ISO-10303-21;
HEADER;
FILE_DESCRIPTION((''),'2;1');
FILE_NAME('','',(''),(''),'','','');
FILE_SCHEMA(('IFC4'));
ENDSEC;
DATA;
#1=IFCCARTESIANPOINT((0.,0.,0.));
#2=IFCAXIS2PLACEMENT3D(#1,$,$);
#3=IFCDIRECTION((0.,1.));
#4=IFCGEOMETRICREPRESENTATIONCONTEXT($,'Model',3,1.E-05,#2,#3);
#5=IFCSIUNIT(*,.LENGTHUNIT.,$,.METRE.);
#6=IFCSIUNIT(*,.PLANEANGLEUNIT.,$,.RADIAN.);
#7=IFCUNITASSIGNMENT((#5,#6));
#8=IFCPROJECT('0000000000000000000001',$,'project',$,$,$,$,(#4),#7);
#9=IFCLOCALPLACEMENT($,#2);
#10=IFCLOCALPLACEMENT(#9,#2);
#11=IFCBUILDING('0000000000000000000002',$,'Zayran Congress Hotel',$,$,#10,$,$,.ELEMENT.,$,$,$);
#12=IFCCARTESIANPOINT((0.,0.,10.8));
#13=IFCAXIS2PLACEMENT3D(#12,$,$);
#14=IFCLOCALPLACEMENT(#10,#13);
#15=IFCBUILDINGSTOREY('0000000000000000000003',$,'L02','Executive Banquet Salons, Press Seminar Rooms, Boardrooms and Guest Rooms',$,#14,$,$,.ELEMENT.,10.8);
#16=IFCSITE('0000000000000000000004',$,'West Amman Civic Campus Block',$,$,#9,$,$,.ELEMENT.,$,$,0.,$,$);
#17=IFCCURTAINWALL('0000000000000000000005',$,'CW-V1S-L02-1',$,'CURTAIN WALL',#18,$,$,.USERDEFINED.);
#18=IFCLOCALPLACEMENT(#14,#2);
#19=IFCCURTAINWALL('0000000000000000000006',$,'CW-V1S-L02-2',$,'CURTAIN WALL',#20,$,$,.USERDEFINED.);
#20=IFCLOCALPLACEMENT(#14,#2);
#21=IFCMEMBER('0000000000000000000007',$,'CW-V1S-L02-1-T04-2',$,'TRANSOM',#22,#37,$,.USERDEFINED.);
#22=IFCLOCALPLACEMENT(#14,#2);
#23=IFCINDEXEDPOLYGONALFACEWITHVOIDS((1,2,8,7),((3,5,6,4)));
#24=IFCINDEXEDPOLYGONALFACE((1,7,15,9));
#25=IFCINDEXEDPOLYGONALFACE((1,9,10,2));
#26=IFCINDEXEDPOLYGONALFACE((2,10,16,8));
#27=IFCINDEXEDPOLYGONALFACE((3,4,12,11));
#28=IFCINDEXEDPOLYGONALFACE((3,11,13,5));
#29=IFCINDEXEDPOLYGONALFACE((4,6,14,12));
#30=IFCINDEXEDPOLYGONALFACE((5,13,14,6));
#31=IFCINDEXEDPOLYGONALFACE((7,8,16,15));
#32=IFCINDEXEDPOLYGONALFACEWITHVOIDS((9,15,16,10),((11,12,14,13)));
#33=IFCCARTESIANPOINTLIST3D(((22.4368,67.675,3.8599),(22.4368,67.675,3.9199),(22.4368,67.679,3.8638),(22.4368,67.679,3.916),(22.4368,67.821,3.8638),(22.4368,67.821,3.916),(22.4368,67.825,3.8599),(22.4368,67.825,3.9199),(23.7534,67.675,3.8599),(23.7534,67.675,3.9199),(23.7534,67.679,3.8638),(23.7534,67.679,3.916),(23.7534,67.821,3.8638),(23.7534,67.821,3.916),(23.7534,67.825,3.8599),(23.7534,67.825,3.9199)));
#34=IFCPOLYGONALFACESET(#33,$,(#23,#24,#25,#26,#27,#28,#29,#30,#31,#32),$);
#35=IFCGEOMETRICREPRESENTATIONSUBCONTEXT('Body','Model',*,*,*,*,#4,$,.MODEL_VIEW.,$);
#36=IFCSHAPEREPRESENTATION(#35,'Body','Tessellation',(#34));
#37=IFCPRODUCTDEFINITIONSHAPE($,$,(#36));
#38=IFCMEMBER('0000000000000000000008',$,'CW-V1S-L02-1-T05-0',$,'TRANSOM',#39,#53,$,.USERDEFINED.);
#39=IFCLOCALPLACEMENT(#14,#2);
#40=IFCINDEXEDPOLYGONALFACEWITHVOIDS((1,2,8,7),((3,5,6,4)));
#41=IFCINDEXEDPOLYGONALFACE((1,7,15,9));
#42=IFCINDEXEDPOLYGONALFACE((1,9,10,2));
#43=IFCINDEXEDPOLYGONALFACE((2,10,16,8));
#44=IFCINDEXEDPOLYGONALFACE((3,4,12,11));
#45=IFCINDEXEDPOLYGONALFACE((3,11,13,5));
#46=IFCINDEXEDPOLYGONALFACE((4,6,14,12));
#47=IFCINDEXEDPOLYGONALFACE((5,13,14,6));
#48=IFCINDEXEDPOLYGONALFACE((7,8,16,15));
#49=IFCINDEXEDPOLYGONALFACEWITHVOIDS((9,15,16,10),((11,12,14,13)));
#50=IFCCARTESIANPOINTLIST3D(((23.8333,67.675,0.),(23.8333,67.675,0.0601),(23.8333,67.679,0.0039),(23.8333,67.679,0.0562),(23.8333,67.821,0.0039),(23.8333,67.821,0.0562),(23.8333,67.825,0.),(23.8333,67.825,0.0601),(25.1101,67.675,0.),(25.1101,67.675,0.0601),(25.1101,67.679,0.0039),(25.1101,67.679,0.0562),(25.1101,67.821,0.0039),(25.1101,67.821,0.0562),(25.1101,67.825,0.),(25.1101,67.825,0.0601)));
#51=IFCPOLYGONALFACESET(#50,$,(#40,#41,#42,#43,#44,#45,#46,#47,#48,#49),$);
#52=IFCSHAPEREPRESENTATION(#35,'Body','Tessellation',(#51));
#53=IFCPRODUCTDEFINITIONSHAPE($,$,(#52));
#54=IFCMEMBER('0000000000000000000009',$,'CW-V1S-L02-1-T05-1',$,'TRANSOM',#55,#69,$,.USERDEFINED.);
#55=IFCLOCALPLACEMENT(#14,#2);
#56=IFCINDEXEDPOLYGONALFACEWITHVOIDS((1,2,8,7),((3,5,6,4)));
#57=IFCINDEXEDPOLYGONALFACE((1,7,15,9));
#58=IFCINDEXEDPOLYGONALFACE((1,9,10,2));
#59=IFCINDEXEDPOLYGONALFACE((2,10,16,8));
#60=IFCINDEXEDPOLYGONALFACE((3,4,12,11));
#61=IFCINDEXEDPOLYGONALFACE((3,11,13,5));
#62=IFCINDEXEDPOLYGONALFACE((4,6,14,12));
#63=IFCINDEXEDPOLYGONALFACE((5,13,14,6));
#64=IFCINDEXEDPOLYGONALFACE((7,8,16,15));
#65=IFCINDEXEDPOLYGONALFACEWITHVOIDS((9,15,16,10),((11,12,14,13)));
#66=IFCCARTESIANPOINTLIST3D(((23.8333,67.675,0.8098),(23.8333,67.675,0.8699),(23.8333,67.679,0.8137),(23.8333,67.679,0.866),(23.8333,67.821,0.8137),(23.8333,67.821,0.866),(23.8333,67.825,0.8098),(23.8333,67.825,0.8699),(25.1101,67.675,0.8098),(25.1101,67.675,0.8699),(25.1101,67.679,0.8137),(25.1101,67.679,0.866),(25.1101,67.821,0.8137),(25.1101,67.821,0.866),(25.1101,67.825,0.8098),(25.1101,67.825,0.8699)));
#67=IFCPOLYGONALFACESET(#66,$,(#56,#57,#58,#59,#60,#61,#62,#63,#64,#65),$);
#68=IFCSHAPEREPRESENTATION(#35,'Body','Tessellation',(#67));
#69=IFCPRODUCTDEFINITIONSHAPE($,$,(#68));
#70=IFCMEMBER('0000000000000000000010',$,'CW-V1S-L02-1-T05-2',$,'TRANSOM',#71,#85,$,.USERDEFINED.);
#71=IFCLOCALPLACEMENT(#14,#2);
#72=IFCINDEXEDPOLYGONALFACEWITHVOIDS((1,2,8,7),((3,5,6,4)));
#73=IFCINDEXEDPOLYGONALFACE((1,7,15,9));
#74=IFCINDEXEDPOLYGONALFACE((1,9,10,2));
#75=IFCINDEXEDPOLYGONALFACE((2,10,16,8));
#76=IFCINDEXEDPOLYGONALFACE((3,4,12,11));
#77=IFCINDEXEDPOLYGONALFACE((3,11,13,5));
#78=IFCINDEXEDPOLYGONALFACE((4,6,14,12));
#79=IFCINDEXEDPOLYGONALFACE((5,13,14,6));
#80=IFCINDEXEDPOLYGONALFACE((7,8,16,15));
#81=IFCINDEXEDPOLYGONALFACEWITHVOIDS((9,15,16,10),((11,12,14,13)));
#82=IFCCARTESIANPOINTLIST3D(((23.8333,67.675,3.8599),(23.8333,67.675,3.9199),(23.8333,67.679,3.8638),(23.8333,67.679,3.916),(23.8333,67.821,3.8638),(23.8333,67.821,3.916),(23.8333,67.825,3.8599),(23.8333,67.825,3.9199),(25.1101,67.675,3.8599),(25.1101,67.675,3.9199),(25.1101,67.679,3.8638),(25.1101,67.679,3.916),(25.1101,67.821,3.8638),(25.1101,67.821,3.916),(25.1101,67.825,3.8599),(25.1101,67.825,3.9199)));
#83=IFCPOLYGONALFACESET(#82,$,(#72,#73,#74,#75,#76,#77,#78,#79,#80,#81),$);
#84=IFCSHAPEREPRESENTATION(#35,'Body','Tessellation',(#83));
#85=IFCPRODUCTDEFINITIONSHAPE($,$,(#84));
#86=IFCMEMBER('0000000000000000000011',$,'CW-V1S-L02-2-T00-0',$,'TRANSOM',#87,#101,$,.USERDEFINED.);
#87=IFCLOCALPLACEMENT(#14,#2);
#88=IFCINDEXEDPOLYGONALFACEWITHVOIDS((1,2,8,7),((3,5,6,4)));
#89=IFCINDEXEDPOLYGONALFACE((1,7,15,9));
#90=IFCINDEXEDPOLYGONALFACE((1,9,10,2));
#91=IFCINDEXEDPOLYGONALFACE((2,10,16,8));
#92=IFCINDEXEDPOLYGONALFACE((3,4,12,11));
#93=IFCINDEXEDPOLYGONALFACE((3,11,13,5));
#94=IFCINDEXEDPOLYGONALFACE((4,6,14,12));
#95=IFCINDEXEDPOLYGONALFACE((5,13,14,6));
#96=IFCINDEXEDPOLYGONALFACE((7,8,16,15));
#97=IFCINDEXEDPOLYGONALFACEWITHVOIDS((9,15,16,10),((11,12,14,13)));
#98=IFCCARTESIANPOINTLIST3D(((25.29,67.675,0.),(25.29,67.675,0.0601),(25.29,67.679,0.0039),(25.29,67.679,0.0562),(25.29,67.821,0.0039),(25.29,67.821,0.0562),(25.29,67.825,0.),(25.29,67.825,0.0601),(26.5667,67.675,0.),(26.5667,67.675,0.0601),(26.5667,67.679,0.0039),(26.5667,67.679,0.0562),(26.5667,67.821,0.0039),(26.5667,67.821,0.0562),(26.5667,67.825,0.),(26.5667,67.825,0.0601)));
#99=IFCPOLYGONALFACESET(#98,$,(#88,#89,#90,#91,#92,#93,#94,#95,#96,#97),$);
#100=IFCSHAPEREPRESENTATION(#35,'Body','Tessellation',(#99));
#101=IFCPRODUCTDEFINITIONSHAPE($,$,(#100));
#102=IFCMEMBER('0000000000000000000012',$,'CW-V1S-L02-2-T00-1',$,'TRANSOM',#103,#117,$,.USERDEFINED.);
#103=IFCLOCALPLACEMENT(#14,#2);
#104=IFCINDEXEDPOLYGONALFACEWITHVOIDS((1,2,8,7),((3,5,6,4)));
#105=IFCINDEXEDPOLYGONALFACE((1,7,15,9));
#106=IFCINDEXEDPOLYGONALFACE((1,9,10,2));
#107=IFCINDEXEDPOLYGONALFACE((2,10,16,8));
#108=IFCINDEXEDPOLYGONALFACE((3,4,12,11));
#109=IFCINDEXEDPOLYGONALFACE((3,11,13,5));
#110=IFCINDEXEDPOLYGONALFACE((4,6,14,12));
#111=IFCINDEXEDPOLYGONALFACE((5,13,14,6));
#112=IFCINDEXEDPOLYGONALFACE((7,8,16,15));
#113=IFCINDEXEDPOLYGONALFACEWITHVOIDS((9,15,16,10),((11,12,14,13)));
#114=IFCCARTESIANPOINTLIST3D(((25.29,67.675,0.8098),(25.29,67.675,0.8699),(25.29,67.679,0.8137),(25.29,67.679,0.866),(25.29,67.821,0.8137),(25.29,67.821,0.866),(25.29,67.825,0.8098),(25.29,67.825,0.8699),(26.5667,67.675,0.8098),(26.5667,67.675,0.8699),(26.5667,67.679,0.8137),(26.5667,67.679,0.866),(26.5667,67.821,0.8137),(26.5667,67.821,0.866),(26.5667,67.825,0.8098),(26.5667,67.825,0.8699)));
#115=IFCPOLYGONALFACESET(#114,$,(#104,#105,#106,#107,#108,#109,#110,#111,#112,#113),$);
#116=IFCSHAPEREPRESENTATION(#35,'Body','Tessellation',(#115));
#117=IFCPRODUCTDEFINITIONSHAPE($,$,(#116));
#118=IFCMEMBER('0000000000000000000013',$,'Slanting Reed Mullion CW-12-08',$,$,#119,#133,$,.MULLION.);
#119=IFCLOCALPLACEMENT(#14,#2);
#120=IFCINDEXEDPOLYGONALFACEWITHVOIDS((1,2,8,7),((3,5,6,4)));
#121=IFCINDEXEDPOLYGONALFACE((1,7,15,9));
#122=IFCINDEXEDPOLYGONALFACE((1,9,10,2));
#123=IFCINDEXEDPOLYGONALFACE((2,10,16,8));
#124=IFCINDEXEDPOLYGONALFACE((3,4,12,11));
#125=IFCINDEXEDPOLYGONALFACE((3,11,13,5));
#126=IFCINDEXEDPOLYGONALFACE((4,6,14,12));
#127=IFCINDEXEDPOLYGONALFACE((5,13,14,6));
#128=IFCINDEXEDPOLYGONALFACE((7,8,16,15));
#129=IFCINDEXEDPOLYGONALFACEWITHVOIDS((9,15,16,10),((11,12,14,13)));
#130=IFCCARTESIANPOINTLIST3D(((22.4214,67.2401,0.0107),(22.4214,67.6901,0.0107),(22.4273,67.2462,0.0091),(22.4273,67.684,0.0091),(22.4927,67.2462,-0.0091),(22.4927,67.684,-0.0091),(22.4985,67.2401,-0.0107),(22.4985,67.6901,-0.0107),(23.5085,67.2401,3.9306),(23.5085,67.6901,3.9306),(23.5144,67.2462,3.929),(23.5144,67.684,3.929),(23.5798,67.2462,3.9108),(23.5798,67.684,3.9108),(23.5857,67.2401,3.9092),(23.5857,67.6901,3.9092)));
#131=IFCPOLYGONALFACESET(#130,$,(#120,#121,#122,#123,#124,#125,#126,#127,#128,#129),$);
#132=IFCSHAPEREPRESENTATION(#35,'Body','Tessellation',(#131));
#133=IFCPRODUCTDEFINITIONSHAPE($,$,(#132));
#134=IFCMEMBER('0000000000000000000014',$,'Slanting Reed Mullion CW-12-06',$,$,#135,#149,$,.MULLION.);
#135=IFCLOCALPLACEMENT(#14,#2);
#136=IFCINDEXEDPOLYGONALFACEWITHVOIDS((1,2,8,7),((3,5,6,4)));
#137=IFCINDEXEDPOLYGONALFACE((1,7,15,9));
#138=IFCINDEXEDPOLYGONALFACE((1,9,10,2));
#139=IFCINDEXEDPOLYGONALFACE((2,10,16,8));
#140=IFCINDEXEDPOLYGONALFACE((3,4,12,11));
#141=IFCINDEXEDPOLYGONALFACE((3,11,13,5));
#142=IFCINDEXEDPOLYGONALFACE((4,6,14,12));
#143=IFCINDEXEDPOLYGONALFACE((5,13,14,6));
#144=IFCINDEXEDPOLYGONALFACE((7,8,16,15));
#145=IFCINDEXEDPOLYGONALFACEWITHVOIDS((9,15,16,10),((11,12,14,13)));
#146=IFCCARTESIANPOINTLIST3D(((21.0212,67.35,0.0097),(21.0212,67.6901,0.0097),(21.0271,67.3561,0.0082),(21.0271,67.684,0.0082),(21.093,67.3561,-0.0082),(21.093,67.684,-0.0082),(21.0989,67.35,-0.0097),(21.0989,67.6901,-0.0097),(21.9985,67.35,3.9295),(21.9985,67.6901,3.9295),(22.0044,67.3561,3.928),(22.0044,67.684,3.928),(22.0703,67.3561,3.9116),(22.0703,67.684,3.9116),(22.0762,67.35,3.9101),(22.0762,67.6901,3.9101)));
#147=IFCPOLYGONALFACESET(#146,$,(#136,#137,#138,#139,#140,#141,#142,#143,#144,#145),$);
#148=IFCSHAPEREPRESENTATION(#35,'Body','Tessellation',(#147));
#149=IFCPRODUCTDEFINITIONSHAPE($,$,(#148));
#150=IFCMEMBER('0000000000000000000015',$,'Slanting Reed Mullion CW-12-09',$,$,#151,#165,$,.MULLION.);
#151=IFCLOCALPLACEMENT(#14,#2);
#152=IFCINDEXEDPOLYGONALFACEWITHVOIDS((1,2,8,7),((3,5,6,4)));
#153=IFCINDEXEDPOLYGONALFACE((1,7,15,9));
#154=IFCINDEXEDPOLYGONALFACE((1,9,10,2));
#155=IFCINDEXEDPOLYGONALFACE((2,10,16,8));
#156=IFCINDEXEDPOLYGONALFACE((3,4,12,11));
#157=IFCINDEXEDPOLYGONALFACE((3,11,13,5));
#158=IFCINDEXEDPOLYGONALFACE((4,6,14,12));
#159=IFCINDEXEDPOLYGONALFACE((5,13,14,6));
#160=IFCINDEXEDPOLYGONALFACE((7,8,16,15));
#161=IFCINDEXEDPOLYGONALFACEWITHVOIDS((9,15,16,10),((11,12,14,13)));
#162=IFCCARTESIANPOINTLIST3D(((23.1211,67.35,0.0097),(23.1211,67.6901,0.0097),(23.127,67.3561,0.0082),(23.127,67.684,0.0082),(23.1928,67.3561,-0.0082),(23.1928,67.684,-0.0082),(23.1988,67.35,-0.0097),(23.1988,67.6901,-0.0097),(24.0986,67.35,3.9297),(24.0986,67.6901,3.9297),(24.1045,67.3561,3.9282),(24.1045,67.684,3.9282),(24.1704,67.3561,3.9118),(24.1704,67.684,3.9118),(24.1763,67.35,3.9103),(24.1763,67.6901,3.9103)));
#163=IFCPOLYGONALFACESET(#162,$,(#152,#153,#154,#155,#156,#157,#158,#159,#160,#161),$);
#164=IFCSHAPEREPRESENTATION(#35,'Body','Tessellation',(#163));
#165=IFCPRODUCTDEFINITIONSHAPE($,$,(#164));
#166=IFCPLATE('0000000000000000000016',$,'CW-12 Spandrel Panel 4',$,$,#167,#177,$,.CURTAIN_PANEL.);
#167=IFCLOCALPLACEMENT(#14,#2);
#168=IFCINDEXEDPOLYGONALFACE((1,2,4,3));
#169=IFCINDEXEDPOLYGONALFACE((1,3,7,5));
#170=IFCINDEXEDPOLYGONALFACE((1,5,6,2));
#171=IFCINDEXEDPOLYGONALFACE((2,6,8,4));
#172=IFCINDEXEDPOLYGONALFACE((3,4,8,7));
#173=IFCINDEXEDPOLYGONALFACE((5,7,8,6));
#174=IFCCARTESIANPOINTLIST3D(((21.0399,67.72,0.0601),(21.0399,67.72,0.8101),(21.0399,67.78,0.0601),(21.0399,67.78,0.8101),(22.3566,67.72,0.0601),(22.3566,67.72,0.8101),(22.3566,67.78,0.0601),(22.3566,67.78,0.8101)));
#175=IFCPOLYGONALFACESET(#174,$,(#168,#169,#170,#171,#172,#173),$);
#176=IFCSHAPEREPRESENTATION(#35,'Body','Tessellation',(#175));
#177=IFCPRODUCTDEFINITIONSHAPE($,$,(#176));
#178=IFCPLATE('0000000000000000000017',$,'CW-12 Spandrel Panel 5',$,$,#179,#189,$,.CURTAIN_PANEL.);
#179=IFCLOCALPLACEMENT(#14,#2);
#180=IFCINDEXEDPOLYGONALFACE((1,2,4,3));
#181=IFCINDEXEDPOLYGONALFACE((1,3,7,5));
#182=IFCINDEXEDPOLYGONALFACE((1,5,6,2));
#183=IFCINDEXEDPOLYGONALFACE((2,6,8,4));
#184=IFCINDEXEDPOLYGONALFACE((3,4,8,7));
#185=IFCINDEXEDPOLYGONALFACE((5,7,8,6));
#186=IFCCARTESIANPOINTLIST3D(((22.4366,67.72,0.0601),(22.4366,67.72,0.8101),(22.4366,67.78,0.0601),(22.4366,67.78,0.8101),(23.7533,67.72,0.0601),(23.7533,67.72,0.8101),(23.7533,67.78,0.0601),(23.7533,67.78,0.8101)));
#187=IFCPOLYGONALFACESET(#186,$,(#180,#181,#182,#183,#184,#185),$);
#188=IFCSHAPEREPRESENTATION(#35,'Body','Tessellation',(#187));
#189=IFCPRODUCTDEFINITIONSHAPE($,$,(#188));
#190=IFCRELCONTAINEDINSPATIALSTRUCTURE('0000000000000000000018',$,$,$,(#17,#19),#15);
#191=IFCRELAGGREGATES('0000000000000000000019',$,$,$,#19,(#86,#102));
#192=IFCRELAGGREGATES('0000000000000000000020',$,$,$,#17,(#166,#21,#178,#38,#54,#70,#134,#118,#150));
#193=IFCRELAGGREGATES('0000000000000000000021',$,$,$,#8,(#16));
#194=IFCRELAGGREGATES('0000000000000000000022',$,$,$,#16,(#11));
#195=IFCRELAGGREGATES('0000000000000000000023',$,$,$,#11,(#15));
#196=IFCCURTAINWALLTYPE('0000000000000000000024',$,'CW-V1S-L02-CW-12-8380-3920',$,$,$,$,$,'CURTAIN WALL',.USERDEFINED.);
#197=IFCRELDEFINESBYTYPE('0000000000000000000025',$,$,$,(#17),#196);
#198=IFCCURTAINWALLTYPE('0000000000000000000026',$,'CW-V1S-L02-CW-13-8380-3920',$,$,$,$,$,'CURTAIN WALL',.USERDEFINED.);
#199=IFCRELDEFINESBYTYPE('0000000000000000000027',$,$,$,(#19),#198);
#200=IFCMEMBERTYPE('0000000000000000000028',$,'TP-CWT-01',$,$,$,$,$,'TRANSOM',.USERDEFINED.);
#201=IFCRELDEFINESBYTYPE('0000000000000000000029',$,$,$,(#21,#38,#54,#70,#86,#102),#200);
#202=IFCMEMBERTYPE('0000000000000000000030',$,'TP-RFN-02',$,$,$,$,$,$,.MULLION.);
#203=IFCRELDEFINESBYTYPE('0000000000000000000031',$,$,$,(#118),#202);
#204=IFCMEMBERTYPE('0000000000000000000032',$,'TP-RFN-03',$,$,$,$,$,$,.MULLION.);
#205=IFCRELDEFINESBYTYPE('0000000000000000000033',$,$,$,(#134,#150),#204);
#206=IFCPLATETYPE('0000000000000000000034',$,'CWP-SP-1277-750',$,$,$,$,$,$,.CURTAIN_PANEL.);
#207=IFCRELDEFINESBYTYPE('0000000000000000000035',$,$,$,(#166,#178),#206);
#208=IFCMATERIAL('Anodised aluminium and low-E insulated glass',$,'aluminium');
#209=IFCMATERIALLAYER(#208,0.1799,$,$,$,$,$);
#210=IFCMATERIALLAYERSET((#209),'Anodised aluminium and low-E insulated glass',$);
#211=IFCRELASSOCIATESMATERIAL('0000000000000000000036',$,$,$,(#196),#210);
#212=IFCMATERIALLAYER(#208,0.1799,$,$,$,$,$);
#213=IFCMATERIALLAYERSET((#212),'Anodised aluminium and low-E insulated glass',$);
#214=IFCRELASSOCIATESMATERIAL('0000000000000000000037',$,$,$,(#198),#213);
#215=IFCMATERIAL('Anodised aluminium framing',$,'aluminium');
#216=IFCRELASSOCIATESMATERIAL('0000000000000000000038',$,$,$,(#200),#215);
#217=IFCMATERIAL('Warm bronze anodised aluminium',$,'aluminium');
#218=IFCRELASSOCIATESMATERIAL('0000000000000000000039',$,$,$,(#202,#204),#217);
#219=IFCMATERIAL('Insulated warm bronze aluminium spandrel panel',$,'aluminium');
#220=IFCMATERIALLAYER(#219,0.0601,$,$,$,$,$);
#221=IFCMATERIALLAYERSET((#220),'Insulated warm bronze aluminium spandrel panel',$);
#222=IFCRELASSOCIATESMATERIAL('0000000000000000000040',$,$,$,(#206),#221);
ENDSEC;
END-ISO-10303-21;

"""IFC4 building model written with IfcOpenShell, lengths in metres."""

from ifc_helpers import new_model, si_unit, direction, frame, origin, origin_2d, place, context, subcontext, project, spatial, rectangle, hollow_rectangle, extrude, material, layer, layer_set, material_profile, profile_set, type_object, element, aggregate, save


model = new_model("IFC4")

# Units and contexts
model_context = context("Model", 3, precision=1e-05, world=origin(), true_north=direction((0.0, 1.0)))
body_context = subcontext(model_context, "Body", "Model", "MODEL_VIEW")
ifc_project = project(units=[si_unit("LENGTHUNIT", "METRE"), si_unit("PLANEANGLEUNIT", "RADIAN")], contexts=[model_context])

# Site, building, storey
site_placement = place(None, origin())
site = spatial("IfcSite", under=ifc_project, at=site_placement, Name="West Amman Civic Campus Block", CompositionType="ELEMENT", RefElevation=0.0)
building_placement = place(site_placement, origin())
building = spatial("IfcBuilding", under=site, at=building_placement, Name="Zayran Congress Hotel", CompositionType="ELEMENT")
storey_placement = place(building_placement, frame((0.0, 0.0, 10.8)))
storey = spatial("IfcBuildingStorey", under=building, at=storey_placement, Name="L02", Description="Executive Banquet Salons, Press Seminar Rooms, Boardrooms and Guest Rooms", CompositionType="ELEMENT", Elevation=10.8)

# Curtain wall
ifc_material_1 = material(Name="Anodised aluminium and low-E insulated glass", Category="aluminium")
ifc_layer_1 = layer(ifc_material_1, 0.1799)
ifc_layer_set_1 = layer_set([ifc_layer_1], Name="Anodised aluminium and low-E insulated glass")
curtain_wall_type_1 = type_object("IfcCurtainWallType", Name="CW-V1S-L02-CW-12-8380-3920", ElementType="CURTAIN WALL", PredefinedType="USERDEFINED", material=ifc_layer_set_1)
curtain_wall_1_placement = place(storey_placement, origin())
curtain_wall_1 = element("IfcCurtainWall", 1, at=curtain_wall_1_placement, inside=storey, type_object=curtain_wall_type_1, Name="CW-V1S-L02-1", ObjectType="CURTAIN WALL", PredefinedType="USERDEFINED")
ifc_material_2 = material(Name="Anodised aluminium framing", Category="aluminium")

# Curtain wall
ifc_layer_2 = layer(ifc_material_1, 0.1799)
ifc_layer_set_2 = layer_set([ifc_layer_2], Name="Anodised aluminium and low-E insulated glass")
curtain_wall_type_2 = type_object("IfcCurtainWallType", Name="CW-V1S-L02-CW-13-8380-3920", ElementType="CURTAIN WALL", PredefinedType="USERDEFINED", material=ifc_layer_set_2)
curtain_wall_2_placement = place(storey_placement, origin())
curtain_wall_2 = element("IfcCurtainWall", 2, at=curtain_wall_2_placement, inside=storey, type_object=curtain_wall_type_2, Name="CW-V1S-L02-2", ObjectType="CURTAIN WALL", PredefinedType="USERDEFINED")

# Members
ifc_material_profile_1 = material_profile(ifc_material_2, hollow_rectangle(XDim=0.0601, YDim=0.1499, WallThickness=0.0039, at=origin_2d()), Name="RHS 150x60x4")
ifc_profile_set_1 = profile_set([ifc_material_profile_1], Name="Anodised aluminium framing")
member_type_1 = type_object("IfcMemberType", Name="TP-CWT-01", ElementType="TRANSOM", PredefinedType="USERDEFINED", material=ifc_profile_set_1)
member_1_placement = place(storey_placement, frame((22.4368, 67.75, 3.8899), z_axis=(1.0, 0.0, 0.0), x_axis=(0.0, 0.0, 1.0)))
member_1 = element("IfcMember", 3, at=member_1_placement, type_object=member_type_1, Name="CW-V1S-L02-1-T04-2", ObjectType="TRANSOM", PredefinedType="USERDEFINED", context=body_context, shape_type="SweptSolid", body=[
    extrude(hollow_rectangle(XDim=0.0601, YDim=0.1499, WallThickness=0.0039, at=origin_2d()), origin(), (0.0, 0.0, 1.0), 1.3167),
])
member_2_placement = place(storey_placement, frame((23.8333, 67.75, 0.03), z_axis=(1.0, 0.0, 0.0), x_axis=(0.0, 0.0, 1.0)))
member_2 = element("IfcMember", 4, at=member_2_placement, type_object=member_type_1, Name="CW-V1S-L02-1-T05-0", ObjectType="TRANSOM", PredefinedType="USERDEFINED", context=body_context, shape_type="SweptSolid", body=[
    extrude(hollow_rectangle(XDim=0.0601, YDim=0.1499, WallThickness=0.0039, at=origin_2d()), origin(), (0.0, 0.0, 1.0), 1.2769),
])
member_3_placement = place(storey_placement, frame((23.8333, 67.75, 0.8398), z_axis=(1.0, 0.0, 0.0), x_axis=(0.0, 0.0, 1.0)))
member_3 = element("IfcMember", 5, at=member_3_placement, type_object=member_type_1, Name="CW-V1S-L02-1-T05-1", ObjectType="TRANSOM", PredefinedType="USERDEFINED", context=body_context, shape_type="SweptSolid", body=[
    extrude(hollow_rectangle(XDim=0.0601, YDim=0.1499, WallThickness=0.0039, at=origin_2d()), origin(), (0.0, 0.0, 1.0), 1.2769),
])
member_4_placement = place(storey_placement, frame((23.8333, 67.75, 3.8899), z_axis=(1.0, 0.0, 0.0), x_axis=(0.0, 0.0, 1.0)))
member_4 = element("IfcMember", 6, at=member_4_placement, type_object=member_type_1, Name="CW-V1S-L02-1-T05-2", ObjectType="TRANSOM", PredefinedType="USERDEFINED", context=body_context, shape_type="SweptSolid", body=[
    extrude(hollow_rectangle(XDim=0.0601, YDim=0.1499, WallThickness=0.0039, at=origin_2d()), origin(), (0.0, 0.0, 1.0), 1.2769),
])
member_5_placement = place(storey_placement, frame((25.29, 67.75, 0.03), z_axis=(1.0, 0.0, 0.0), x_axis=(0.0, 0.0, 1.0)))
member_5 = element("IfcMember", 7, at=member_5_placement, type_object=member_type_1, Name="CW-V1S-L02-2-T00-0", ObjectType="TRANSOM", PredefinedType="USERDEFINED", context=body_context, shape_type="SweptSolid", body=[
    extrude(hollow_rectangle(XDim=0.0601, YDim=0.1499, WallThickness=0.0039, at=origin_2d()), origin(), (0.0, 0.0, 1.0), 1.2766),
])
member_6_placement = place(storey_placement, frame((25.29, 67.75, 0.8398), z_axis=(1.0, 0.0, 0.0), x_axis=(0.0, 0.0, 1.0)))
member_6 = element("IfcMember", 8, at=member_6_placement, type_object=member_type_1, Name="CW-V1S-L02-2-T00-1", ObjectType="TRANSOM", PredefinedType="USERDEFINED", context=body_context, shape_type="SweptSolid", body=[
    extrude(hollow_rectangle(XDim=0.0601, YDim=0.1499, WallThickness=0.0039, at=origin_2d()), origin(), (0.0, 0.0, 1.0), 1.2766),
])
aggregate(curtain_wall_2, [member_5, member_6])
ifc_material_3 = material(Name="Warm bronze anodised aluminium", Category="aluminium")
ifc_material_profile_2 = material_profile(ifc_material_3, hollow_rectangle(XDim=0.0801, YDim=0.45, WallThickness=0.0061, at=origin_2d()), Name="RHS 450x80x6")
ifc_profile_set_2 = profile_set([ifc_material_profile_2], Name="Warm bronze anodised aluminium")
member_type_2 = type_object("IfcMemberType", Name="TP-RFN-02", PredefinedType="MULLION", material=ifc_profile_set_2)
member_7_placement = place(storey_placement, frame((22.46, 67.4651, 0.0), z_axis=(0.267254, 0.0, 0.963626), x_axis=(-0.963626, 0.0, 0.267254)))
member_7 = element("IfcMember", 9, at=member_7_placement, type_object=member_type_2, Name="Slanting Reed Mullion CW-12-08", PredefinedType="MULLION", context=body_context, shape_type="SweptSolid", body=[
    extrude(hollow_rectangle(XDim=0.0801, YDim=0.45, WallThickness=0.0061, at=origin_2d()), origin(), (0.0, 0.0, 1.0), 4.0679),
])
ifc_material_profile_3 = material_profile(ifc_material_3, hollow_rectangle(XDim=0.0801, YDim=0.3401, WallThickness=0.0061, at=origin_2d()), Name="RHS 340x80x6")
ifc_profile_set_3 = profile_set([ifc_material_profile_3], Name="Warm bronze anodised aluminium")
member_type_3 = type_object("IfcMemberType", Name="TP-RFN-03", PredefinedType="MULLION", material=ifc_profile_set_3)
member_8_placement = place(storey_placement, frame((21.0601, 67.52, 0.0), z_axis=(0.24191, 0.0, 0.970299), x_axis=(-0.970299, 0.0, 0.24191)))
member_8 = element("IfcMember", 10, at=member_8_placement, type_object=member_type_3, Name="Slanting Reed Mullion CW-12-06", PredefinedType="MULLION", context=body_context, shape_type="SweptSolid", body=[
    extrude(hollow_rectangle(XDim=0.0801, YDim=0.3401, WallThickness=0.0061, at=origin_2d()), origin(), (0.0, 0.0, 1.0), 4.0398),
])
member_9_placement = place(storey_placement, frame((23.1599, 67.52, 0.0), z_axis=(0.241967, 0.0, 0.970285), x_axis=(-0.970285, 0.0, 0.241967)))
member_9 = element("IfcMember", 11, at=member_9_placement, type_object=member_type_3, Name="Slanting Reed Mullion CW-12-09", PredefinedType="MULLION", context=body_context, shape_type="SweptSolid", body=[
    extrude(hollow_rectangle(XDim=0.0801, YDim=0.3401, WallThickness=0.0061, at=origin_2d()), origin(), (0.0, 0.0, 1.0), 4.04),
])

# Plates
ifc_material_4 = material(Name="Insulated warm bronze aluminium spandrel panel", Category="aluminium")
ifc_layer_3 = layer(ifc_material_4, 0.0601)
ifc_layer_set_3 = layer_set([ifc_layer_3], Name="Insulated warm bronze aluminium spandrel panel")
plate_type_1 = type_object("IfcPlateType", Name="CWP-SP-1277-750", PredefinedType="CURTAIN_PANEL", material=ifc_layer_set_3)
plate_1_placement = place(storey_placement, frame((21.6982, 67.75, 0.0601), z_axis=(0.0, 0.0, 1.0), x_axis=(1.0, 0.0, 0.0)))
plate_1 = element("IfcPlate", 12, at=plate_1_placement, type_object=plate_type_1, Name="CW-12 Spandrel Panel 4", PredefinedType="CURTAIN_PANEL", context=body_context, shape_type="SweptSolid", body=[
    extrude(rectangle(XDim=1.3167, YDim=0.0601, at=origin_2d()), origin(), (0.0, 0.0, 1.0), 0.75),
])
plate_2_placement = place(storey_placement, frame((23.095, 67.75, 0.0601), z_axis=(0.0, 0.0, 1.0), x_axis=(1.0, 0.0, 0.0)))
plate_2 = element("IfcPlate", 13, at=plate_2_placement, type_object=plate_type_1, Name="CW-12 Spandrel Panel 5", PredefinedType="CURTAIN_PANEL", context=body_context, shape_type="SweptSolid", body=[
    extrude(rectangle(XDim=1.3167, YDim=0.0601, at=origin_2d()), origin(), (0.0, 0.0, 1.0), 0.75),
])
aggregate(curtain_wall_1, [plate_1, member_1, plate_2, member_2, member_3, member_4, member_8, member_7, member_9])

save(model, "model.ifc")
